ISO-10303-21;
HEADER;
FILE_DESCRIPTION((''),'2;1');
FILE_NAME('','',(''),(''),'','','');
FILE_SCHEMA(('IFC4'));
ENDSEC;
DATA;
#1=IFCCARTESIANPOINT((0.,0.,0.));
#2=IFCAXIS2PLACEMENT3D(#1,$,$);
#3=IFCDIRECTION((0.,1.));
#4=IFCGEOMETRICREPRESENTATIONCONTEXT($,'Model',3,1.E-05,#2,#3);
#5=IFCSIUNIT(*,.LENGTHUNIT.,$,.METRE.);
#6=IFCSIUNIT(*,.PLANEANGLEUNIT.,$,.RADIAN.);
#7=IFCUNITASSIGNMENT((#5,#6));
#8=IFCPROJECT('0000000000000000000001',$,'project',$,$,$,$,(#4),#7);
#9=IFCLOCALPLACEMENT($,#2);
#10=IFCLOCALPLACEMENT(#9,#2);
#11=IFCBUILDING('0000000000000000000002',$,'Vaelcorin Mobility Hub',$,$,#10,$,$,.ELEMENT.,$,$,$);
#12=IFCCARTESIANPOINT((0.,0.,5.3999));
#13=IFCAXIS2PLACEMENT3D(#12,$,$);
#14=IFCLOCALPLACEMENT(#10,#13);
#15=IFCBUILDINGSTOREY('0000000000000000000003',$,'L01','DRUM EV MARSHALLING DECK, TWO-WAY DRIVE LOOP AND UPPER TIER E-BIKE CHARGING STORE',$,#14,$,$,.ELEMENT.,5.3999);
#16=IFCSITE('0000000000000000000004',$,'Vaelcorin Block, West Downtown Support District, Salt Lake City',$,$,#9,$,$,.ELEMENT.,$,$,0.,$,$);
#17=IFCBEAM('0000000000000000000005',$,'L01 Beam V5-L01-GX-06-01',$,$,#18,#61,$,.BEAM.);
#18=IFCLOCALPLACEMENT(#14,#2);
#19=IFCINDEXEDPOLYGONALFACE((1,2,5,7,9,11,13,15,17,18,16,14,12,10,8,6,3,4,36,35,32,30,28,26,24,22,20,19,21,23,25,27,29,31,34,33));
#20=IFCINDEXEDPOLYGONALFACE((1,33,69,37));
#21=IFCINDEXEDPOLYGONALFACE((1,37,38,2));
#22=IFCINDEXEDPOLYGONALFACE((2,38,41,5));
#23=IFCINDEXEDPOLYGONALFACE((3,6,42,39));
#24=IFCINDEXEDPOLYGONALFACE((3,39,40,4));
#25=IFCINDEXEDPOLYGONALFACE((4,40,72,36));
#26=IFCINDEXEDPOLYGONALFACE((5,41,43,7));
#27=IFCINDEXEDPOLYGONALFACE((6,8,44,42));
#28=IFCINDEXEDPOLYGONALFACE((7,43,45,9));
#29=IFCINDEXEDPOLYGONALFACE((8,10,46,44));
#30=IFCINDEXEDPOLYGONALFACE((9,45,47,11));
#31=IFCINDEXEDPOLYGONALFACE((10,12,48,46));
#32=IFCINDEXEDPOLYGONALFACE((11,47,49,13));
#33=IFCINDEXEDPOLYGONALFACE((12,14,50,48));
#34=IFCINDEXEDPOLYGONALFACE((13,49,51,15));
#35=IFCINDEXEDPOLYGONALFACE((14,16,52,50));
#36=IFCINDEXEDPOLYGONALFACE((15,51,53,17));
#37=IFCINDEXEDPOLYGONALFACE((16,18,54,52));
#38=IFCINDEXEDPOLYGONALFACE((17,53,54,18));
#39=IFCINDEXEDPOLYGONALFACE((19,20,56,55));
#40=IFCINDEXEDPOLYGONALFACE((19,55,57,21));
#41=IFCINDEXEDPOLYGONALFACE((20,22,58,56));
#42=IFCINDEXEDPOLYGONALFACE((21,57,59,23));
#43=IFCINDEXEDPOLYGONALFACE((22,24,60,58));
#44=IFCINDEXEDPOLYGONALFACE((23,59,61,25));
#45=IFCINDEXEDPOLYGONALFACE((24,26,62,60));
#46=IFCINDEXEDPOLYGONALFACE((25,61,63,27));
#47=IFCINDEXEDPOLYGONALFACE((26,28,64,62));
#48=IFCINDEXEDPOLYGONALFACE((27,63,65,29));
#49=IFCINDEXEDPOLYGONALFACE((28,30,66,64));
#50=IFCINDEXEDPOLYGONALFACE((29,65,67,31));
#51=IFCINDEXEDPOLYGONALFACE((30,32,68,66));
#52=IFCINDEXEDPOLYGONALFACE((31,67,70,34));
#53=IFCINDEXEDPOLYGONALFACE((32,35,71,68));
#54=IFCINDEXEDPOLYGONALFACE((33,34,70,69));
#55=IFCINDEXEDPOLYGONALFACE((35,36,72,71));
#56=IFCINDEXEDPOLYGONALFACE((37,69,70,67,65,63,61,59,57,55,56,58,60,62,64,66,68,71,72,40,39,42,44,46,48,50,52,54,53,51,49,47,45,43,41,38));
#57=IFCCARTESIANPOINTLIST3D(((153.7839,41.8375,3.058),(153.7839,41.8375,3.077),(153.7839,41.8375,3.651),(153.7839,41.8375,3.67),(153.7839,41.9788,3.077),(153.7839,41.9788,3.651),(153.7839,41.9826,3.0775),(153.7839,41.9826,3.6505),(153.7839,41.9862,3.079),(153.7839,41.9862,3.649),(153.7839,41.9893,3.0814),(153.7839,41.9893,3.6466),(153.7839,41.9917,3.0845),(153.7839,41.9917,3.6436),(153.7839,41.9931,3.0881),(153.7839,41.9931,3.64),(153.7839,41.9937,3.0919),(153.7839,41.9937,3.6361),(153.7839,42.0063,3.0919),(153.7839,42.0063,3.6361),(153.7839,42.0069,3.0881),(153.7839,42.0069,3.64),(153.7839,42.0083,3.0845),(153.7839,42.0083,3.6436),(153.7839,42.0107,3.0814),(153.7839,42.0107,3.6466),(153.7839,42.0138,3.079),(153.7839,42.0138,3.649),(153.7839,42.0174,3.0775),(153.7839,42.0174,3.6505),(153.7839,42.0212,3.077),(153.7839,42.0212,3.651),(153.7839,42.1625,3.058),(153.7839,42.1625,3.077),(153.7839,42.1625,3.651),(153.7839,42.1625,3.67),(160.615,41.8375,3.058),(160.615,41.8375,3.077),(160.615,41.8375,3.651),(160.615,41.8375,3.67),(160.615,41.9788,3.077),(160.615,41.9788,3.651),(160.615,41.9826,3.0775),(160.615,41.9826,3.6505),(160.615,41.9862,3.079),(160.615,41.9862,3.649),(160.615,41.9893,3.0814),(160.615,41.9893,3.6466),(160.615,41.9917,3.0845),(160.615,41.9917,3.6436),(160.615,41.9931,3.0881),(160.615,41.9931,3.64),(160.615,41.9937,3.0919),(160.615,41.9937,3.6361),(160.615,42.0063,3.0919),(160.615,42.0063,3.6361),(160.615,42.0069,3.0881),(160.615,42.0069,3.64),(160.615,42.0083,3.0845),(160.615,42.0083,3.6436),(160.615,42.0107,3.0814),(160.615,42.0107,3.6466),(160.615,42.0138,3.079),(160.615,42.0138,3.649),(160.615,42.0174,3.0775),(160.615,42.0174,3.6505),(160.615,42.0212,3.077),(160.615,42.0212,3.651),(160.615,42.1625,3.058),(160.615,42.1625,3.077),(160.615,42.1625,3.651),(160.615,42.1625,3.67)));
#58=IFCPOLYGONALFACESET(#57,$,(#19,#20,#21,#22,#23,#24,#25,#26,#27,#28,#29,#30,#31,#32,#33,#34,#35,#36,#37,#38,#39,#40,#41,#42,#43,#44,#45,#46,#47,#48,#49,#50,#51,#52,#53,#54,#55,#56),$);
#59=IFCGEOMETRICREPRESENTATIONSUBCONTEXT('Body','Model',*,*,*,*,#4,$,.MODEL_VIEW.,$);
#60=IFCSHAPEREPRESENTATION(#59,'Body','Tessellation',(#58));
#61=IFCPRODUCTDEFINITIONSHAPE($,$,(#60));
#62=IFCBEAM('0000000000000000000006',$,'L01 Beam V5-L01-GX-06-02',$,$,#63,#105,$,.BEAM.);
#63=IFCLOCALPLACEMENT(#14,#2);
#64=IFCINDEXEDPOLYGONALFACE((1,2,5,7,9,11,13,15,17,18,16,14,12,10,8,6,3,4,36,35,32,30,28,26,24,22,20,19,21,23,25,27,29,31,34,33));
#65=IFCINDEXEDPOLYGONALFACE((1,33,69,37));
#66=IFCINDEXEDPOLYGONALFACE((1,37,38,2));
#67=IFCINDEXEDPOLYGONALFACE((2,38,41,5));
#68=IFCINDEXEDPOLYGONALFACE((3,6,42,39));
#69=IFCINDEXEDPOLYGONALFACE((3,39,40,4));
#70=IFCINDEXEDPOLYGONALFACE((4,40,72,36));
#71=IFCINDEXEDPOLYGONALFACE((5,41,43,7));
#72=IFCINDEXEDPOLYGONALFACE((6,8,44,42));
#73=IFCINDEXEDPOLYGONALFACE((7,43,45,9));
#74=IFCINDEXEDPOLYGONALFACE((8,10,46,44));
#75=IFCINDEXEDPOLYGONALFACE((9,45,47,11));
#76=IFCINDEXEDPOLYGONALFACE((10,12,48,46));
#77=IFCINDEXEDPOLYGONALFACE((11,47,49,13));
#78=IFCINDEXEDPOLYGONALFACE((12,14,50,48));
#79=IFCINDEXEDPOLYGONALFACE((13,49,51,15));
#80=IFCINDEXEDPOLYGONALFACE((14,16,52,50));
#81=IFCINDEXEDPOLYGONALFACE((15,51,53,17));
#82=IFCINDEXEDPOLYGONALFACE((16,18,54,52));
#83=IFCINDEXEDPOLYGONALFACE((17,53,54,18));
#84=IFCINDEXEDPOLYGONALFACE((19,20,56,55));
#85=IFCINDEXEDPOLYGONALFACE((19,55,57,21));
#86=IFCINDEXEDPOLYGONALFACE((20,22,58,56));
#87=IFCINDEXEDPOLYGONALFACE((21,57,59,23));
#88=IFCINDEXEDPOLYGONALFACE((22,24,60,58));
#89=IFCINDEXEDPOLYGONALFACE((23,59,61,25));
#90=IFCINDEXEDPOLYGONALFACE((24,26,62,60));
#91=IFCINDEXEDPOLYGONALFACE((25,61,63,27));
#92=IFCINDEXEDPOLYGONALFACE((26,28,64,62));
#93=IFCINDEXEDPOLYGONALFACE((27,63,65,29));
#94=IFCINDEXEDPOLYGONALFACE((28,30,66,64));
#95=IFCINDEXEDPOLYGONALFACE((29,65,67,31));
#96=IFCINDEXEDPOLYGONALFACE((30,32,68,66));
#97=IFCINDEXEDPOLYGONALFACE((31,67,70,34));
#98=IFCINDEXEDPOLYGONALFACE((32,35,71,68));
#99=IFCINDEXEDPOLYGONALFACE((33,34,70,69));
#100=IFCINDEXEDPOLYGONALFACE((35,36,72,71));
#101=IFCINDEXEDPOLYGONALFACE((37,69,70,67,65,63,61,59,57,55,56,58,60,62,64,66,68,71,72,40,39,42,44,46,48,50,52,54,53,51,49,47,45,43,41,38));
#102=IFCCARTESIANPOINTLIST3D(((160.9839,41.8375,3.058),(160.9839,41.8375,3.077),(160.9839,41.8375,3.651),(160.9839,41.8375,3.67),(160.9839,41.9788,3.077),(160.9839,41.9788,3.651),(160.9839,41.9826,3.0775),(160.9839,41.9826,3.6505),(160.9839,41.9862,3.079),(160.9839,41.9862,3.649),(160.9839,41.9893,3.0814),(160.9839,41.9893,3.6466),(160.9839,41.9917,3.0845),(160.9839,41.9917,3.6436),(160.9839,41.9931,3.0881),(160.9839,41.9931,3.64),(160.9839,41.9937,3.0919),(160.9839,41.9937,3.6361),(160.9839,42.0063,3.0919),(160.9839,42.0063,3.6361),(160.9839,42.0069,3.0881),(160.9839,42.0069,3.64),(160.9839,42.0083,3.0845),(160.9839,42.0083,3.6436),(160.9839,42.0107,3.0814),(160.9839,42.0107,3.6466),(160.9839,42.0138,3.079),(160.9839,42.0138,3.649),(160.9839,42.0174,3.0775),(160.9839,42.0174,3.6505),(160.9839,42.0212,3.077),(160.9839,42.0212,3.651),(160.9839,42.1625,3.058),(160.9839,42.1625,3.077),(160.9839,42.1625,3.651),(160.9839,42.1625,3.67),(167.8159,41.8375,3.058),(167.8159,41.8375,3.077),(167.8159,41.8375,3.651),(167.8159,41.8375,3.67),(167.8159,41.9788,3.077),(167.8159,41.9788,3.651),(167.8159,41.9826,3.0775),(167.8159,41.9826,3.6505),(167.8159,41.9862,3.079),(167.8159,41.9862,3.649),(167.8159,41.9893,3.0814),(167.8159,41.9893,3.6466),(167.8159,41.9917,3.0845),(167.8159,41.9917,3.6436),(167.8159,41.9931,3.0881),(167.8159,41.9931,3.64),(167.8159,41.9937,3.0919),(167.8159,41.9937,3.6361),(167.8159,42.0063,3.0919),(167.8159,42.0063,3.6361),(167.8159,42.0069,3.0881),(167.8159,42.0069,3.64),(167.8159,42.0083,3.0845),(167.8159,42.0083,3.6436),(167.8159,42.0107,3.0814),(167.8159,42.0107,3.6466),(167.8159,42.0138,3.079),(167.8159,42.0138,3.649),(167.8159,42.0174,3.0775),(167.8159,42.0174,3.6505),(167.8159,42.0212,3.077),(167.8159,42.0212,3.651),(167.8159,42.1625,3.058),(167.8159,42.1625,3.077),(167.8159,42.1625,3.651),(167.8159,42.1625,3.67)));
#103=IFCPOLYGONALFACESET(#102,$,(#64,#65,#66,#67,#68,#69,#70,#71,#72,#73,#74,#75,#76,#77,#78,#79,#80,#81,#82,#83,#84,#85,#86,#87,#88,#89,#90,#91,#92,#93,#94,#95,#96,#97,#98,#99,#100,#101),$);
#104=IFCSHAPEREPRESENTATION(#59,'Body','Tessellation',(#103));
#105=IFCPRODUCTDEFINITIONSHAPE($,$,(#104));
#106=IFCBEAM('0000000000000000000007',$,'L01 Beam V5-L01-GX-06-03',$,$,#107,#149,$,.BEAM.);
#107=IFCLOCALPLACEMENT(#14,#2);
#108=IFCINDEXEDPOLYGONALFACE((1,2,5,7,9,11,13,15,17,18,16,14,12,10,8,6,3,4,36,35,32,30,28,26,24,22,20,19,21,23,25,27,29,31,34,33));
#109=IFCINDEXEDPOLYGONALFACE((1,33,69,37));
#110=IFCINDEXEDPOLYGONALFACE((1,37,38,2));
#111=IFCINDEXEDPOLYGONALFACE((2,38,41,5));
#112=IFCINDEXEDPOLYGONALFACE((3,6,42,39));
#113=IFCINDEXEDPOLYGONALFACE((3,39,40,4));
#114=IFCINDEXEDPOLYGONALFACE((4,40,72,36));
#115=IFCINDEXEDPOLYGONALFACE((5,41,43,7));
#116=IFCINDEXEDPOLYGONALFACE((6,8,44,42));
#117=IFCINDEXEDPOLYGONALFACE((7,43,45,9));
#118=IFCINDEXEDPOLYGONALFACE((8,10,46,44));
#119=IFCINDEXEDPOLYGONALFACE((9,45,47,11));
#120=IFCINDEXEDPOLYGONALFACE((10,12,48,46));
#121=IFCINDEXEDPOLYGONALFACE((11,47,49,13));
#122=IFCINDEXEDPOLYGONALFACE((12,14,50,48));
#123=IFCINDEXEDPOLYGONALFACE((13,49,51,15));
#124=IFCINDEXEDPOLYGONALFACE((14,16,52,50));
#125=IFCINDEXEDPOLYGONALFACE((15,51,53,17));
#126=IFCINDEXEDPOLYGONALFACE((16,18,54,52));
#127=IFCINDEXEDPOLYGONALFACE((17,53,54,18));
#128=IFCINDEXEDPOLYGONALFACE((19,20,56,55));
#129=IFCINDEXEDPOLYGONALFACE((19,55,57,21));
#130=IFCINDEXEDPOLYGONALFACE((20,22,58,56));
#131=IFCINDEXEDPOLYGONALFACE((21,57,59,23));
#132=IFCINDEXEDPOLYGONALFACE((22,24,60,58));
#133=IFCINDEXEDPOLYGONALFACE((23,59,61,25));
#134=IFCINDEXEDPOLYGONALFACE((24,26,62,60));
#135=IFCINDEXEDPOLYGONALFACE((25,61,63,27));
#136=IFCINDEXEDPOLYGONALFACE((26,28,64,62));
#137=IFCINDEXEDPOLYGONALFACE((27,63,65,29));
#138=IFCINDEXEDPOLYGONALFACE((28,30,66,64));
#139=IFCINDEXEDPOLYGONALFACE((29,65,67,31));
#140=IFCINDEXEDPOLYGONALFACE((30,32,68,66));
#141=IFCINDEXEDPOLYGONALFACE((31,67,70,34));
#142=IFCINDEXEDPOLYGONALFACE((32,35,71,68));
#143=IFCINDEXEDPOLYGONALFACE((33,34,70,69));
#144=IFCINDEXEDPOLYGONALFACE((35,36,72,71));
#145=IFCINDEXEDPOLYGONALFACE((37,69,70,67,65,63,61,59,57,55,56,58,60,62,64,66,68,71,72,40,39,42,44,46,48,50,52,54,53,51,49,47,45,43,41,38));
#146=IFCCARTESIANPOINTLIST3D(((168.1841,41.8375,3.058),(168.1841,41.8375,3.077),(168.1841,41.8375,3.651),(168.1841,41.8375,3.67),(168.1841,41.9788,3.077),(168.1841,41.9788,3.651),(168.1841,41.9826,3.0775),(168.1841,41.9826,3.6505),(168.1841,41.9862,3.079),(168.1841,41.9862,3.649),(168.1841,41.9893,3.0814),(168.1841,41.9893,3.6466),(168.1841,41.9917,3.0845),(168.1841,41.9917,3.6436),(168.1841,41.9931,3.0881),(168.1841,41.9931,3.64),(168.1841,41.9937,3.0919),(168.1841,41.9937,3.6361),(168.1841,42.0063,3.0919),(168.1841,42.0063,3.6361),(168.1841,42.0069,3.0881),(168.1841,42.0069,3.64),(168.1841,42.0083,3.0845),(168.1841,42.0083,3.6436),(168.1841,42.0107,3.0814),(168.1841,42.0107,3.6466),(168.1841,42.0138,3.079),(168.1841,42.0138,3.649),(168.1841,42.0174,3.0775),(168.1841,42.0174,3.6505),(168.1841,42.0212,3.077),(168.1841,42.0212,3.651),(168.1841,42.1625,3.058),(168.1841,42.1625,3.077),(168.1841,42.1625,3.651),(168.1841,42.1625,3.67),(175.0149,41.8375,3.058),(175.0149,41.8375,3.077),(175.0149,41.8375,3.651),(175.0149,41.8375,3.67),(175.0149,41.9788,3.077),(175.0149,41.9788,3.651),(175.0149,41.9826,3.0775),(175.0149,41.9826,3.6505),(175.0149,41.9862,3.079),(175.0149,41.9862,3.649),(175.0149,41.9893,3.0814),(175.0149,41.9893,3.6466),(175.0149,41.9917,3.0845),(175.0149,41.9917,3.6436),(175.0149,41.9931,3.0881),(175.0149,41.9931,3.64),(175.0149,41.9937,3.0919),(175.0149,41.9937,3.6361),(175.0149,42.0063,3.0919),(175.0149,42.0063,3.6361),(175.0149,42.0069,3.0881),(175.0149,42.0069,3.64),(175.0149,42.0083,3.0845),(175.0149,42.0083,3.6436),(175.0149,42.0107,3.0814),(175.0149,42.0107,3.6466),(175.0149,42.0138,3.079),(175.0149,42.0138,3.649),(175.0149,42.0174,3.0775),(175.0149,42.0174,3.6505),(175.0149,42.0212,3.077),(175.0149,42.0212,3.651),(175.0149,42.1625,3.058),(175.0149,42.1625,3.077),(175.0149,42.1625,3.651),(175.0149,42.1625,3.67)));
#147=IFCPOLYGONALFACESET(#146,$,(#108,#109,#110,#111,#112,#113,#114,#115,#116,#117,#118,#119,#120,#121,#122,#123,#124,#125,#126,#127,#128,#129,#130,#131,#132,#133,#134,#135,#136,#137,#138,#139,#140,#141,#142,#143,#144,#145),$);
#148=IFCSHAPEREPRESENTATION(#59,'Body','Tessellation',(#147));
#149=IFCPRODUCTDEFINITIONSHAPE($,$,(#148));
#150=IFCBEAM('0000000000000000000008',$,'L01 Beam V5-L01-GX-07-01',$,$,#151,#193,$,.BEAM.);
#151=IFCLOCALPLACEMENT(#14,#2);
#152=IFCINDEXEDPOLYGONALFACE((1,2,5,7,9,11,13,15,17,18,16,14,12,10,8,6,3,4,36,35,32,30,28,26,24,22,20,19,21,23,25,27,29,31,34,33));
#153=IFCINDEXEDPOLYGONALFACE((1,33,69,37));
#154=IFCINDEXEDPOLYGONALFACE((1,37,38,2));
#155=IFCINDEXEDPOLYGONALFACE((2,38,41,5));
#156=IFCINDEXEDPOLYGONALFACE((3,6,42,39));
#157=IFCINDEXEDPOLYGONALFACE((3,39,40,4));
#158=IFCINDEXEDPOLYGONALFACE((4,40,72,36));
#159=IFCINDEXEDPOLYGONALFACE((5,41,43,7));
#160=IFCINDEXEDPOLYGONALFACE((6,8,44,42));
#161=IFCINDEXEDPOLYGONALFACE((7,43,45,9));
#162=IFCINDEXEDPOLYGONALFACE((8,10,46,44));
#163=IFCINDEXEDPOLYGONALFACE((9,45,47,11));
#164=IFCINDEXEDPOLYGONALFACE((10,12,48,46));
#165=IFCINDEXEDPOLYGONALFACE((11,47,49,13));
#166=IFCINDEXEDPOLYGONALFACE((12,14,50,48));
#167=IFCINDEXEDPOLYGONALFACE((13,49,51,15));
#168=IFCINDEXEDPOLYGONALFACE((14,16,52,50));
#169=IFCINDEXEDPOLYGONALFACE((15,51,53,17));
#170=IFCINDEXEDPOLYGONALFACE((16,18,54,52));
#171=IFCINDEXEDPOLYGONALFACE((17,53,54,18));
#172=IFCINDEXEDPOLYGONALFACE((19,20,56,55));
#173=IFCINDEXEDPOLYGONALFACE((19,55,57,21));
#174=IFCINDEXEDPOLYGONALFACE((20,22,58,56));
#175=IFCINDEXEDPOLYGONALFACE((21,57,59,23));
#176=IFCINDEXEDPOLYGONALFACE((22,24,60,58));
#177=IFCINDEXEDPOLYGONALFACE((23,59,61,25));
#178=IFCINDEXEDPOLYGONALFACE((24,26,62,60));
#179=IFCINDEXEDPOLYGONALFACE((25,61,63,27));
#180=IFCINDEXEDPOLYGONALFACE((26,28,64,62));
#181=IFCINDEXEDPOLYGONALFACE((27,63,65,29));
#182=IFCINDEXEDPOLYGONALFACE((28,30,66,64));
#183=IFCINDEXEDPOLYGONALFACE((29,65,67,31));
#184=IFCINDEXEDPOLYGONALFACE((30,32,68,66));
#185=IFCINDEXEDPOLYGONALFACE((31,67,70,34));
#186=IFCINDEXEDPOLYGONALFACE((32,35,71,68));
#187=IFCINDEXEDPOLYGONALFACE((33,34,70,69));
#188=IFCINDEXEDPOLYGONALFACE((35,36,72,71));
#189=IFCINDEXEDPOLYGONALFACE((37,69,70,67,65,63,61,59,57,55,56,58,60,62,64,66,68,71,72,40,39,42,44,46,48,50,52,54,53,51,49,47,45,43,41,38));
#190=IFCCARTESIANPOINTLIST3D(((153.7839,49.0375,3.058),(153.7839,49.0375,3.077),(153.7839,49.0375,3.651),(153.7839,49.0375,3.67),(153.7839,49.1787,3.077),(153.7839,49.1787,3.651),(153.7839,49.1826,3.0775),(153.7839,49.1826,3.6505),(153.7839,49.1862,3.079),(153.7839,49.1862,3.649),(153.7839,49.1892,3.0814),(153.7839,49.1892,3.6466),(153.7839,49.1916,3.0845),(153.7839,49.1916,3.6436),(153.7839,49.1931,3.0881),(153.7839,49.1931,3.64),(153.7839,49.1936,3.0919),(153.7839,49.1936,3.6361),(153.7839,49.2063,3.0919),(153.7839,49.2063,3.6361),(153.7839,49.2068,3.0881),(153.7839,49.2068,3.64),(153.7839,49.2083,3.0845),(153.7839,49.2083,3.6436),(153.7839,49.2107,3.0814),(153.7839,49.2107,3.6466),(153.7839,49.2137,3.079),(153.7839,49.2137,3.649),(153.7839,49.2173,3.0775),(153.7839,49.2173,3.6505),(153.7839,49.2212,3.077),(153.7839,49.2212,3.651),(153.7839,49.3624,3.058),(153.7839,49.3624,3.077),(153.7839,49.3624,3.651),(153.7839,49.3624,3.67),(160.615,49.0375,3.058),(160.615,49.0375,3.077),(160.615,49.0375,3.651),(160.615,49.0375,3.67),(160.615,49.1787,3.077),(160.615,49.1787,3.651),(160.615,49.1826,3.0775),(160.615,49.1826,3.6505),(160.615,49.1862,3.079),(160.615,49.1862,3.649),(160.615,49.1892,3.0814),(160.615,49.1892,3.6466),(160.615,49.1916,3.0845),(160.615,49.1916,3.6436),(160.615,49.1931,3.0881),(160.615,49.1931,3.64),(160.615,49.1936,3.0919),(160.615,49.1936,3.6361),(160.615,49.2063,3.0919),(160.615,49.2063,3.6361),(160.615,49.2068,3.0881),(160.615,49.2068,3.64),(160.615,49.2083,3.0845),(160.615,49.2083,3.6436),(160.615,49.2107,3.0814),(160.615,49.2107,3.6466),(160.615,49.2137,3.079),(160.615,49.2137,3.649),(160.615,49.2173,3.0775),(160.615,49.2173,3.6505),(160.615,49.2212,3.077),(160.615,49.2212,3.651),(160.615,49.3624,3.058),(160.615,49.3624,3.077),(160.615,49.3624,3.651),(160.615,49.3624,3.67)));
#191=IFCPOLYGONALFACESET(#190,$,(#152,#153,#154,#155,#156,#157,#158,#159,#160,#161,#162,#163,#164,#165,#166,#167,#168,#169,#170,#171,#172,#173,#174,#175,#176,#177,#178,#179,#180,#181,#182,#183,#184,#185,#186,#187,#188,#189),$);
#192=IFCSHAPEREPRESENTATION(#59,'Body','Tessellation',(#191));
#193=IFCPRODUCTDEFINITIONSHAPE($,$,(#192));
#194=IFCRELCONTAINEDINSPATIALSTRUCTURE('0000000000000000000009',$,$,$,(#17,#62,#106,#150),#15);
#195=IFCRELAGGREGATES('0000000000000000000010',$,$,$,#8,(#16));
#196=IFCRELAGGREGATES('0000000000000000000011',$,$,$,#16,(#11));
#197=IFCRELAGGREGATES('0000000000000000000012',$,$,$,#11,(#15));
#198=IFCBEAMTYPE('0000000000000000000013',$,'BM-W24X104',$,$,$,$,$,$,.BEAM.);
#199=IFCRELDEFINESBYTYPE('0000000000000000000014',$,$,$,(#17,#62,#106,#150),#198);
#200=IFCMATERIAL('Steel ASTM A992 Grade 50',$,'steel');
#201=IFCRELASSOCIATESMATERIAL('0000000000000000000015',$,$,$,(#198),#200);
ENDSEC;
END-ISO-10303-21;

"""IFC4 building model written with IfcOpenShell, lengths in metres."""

from ifc_helpers import new_model, si_unit, direction, frame, origin, origin_2d, place, context, subcontext, project, spatial, i_section, extrude, material, material_profile, profile_set, type_object, element, save


model = new_model("IFC4")

# Units and contexts
model_context = context("Model", 3, precision=1e-05, world=origin(), true_north=direction((0.0, 1.0)))
body_context = subcontext(model_context, "Body", "Model", "MODEL_VIEW")
ifc_project = project(units=[si_unit("LENGTHUNIT", "METRE"), si_unit("PLANEANGLEUNIT", "RADIAN")], contexts=[model_context])

# Site, building, storey
site_placement = place(None, origin())
site = spatial("IfcSite", under=ifc_project, at=site_placement, Name="Vaelcorin Block, West Downtown Support District, Salt Lake City", CompositionType="ELEMENT", RefElevation=0.0)
building_placement = place(site_placement, origin())
building = spatial("IfcBuilding", under=site, at=building_placement, Name="Vaelcorin Mobility Hub", CompositionType="ELEMENT")
storey_placement = place(building_placement, frame((0.0, 0.0, 5.3999)))
storey = spatial("IfcBuildingStorey", under=building, at=storey_placement, Name="L01", Description="DRUM EV MARSHALLING DECK, TWO-WAY DRIVE LOOP AND UPPER TIER E-BIKE CHARGING STORE", CompositionType="ELEMENT", Elevation=5.3999)

# Shared definitions
ifc_material_1 = material(Name="Steel ASTM A992 Grade 50", Category="steel")

# Beams
ifc_material_profile_1 = material_profile(ifc_material_1, i_section(OverallWidth=0.325, OverallDepth=0.6121, WebThickness=0.0127, FlangeThickness=0.019, FilletRadius=0.0149, at=origin_2d()), Name="W24X104")
ifc_profile_set_1 = profile_set([ifc_material_profile_1], Name="Steel ASTM A992 Grade 50")
beam_type_1 = type_object("IfcBeamType", Name="BM-W24X104", PredefinedType="BEAM", material=ifc_profile_set_1)
beam_1_placement = place(storey_placement, frame((153.7839, 42.0, 3.364), z_axis=(1.0, 0.0, 0.0), x_axis=(0.0, 1.0, 0.0)))
element("IfcBeam", 1, at=beam_1_placement, inside=storey, type_object=beam_type_1, Name="L01 Beam V5-L01-GX-06-01", PredefinedType="BEAM", context=body_context, shape_type="SweptSolid", body=[
    extrude(i_section(OverallWidth=0.325, OverallDepth=0.6121, WebThickness=0.0127, FlangeThickness=0.019, FilletRadius=0.0149, at=origin_2d()), origin(), (0.0, 0.0, 1.0), 6.8311),
])
beam_2_placement = place(storey_placement, frame((160.9839, 42.0, 3.364), z_axis=(1.0, 0.0, 0.0), x_axis=(0.0, 1.0, 0.0)))
element("IfcBeam", 2, at=beam_2_placement, inside=storey, type_object=beam_type_1, Name="L01 Beam V5-L01-GX-06-02", PredefinedType="BEAM", context=body_context, shape_type="SweptSolid", body=[
    extrude(i_section(OverallWidth=0.325, OverallDepth=0.6121, WebThickness=0.0127, FlangeThickness=0.019, FilletRadius=0.0149, at=origin_2d()), origin(), (0.0, 0.0, 1.0), 6.832),
])
beam_3_placement = place(storey_placement, frame((168.1841, 42.0, 3.364), z_axis=(1.0, 0.0, 0.0), x_axis=(0.0, 1.0, 0.0)))
element("IfcBeam", 3, at=beam_3_placement, inside=storey, type_object=beam_type_1, Name="L01 Beam V5-L01-GX-06-03", PredefinedType="BEAM", context=body_context, shape_type="SweptSolid", body=[
    extrude(i_section(OverallWidth=0.325, OverallDepth=0.6121, WebThickness=0.0127, FlangeThickness=0.019, FilletRadius=0.0149, at=origin_2d()), origin(), (0.0, 0.0, 1.0), 6.8308),
])
beam_4_placement = place(storey_placement, frame((153.7839, 49.2, 3.364), z_axis=(1.0, 0.0, 0.0), x_axis=(0.0, 1.0, 0.0)))
element("IfcBeam", 4, at=beam_4_placement, inside=storey, type_object=beam_type_1, Name="L01 Beam V5-L01-GX-07-01", PredefinedType="BEAM", context=body_context, shape_type="SweptSolid", body=[
    extrude(i_section(OverallWidth=0.325, OverallDepth=0.6121, WebThickness=0.0127, FlangeThickness=0.019, FilletRadius=0.0149, at=origin_2d()), origin(), (0.0, 0.0, 1.0), 6.8311),
])

save(model, "model.ifc")
